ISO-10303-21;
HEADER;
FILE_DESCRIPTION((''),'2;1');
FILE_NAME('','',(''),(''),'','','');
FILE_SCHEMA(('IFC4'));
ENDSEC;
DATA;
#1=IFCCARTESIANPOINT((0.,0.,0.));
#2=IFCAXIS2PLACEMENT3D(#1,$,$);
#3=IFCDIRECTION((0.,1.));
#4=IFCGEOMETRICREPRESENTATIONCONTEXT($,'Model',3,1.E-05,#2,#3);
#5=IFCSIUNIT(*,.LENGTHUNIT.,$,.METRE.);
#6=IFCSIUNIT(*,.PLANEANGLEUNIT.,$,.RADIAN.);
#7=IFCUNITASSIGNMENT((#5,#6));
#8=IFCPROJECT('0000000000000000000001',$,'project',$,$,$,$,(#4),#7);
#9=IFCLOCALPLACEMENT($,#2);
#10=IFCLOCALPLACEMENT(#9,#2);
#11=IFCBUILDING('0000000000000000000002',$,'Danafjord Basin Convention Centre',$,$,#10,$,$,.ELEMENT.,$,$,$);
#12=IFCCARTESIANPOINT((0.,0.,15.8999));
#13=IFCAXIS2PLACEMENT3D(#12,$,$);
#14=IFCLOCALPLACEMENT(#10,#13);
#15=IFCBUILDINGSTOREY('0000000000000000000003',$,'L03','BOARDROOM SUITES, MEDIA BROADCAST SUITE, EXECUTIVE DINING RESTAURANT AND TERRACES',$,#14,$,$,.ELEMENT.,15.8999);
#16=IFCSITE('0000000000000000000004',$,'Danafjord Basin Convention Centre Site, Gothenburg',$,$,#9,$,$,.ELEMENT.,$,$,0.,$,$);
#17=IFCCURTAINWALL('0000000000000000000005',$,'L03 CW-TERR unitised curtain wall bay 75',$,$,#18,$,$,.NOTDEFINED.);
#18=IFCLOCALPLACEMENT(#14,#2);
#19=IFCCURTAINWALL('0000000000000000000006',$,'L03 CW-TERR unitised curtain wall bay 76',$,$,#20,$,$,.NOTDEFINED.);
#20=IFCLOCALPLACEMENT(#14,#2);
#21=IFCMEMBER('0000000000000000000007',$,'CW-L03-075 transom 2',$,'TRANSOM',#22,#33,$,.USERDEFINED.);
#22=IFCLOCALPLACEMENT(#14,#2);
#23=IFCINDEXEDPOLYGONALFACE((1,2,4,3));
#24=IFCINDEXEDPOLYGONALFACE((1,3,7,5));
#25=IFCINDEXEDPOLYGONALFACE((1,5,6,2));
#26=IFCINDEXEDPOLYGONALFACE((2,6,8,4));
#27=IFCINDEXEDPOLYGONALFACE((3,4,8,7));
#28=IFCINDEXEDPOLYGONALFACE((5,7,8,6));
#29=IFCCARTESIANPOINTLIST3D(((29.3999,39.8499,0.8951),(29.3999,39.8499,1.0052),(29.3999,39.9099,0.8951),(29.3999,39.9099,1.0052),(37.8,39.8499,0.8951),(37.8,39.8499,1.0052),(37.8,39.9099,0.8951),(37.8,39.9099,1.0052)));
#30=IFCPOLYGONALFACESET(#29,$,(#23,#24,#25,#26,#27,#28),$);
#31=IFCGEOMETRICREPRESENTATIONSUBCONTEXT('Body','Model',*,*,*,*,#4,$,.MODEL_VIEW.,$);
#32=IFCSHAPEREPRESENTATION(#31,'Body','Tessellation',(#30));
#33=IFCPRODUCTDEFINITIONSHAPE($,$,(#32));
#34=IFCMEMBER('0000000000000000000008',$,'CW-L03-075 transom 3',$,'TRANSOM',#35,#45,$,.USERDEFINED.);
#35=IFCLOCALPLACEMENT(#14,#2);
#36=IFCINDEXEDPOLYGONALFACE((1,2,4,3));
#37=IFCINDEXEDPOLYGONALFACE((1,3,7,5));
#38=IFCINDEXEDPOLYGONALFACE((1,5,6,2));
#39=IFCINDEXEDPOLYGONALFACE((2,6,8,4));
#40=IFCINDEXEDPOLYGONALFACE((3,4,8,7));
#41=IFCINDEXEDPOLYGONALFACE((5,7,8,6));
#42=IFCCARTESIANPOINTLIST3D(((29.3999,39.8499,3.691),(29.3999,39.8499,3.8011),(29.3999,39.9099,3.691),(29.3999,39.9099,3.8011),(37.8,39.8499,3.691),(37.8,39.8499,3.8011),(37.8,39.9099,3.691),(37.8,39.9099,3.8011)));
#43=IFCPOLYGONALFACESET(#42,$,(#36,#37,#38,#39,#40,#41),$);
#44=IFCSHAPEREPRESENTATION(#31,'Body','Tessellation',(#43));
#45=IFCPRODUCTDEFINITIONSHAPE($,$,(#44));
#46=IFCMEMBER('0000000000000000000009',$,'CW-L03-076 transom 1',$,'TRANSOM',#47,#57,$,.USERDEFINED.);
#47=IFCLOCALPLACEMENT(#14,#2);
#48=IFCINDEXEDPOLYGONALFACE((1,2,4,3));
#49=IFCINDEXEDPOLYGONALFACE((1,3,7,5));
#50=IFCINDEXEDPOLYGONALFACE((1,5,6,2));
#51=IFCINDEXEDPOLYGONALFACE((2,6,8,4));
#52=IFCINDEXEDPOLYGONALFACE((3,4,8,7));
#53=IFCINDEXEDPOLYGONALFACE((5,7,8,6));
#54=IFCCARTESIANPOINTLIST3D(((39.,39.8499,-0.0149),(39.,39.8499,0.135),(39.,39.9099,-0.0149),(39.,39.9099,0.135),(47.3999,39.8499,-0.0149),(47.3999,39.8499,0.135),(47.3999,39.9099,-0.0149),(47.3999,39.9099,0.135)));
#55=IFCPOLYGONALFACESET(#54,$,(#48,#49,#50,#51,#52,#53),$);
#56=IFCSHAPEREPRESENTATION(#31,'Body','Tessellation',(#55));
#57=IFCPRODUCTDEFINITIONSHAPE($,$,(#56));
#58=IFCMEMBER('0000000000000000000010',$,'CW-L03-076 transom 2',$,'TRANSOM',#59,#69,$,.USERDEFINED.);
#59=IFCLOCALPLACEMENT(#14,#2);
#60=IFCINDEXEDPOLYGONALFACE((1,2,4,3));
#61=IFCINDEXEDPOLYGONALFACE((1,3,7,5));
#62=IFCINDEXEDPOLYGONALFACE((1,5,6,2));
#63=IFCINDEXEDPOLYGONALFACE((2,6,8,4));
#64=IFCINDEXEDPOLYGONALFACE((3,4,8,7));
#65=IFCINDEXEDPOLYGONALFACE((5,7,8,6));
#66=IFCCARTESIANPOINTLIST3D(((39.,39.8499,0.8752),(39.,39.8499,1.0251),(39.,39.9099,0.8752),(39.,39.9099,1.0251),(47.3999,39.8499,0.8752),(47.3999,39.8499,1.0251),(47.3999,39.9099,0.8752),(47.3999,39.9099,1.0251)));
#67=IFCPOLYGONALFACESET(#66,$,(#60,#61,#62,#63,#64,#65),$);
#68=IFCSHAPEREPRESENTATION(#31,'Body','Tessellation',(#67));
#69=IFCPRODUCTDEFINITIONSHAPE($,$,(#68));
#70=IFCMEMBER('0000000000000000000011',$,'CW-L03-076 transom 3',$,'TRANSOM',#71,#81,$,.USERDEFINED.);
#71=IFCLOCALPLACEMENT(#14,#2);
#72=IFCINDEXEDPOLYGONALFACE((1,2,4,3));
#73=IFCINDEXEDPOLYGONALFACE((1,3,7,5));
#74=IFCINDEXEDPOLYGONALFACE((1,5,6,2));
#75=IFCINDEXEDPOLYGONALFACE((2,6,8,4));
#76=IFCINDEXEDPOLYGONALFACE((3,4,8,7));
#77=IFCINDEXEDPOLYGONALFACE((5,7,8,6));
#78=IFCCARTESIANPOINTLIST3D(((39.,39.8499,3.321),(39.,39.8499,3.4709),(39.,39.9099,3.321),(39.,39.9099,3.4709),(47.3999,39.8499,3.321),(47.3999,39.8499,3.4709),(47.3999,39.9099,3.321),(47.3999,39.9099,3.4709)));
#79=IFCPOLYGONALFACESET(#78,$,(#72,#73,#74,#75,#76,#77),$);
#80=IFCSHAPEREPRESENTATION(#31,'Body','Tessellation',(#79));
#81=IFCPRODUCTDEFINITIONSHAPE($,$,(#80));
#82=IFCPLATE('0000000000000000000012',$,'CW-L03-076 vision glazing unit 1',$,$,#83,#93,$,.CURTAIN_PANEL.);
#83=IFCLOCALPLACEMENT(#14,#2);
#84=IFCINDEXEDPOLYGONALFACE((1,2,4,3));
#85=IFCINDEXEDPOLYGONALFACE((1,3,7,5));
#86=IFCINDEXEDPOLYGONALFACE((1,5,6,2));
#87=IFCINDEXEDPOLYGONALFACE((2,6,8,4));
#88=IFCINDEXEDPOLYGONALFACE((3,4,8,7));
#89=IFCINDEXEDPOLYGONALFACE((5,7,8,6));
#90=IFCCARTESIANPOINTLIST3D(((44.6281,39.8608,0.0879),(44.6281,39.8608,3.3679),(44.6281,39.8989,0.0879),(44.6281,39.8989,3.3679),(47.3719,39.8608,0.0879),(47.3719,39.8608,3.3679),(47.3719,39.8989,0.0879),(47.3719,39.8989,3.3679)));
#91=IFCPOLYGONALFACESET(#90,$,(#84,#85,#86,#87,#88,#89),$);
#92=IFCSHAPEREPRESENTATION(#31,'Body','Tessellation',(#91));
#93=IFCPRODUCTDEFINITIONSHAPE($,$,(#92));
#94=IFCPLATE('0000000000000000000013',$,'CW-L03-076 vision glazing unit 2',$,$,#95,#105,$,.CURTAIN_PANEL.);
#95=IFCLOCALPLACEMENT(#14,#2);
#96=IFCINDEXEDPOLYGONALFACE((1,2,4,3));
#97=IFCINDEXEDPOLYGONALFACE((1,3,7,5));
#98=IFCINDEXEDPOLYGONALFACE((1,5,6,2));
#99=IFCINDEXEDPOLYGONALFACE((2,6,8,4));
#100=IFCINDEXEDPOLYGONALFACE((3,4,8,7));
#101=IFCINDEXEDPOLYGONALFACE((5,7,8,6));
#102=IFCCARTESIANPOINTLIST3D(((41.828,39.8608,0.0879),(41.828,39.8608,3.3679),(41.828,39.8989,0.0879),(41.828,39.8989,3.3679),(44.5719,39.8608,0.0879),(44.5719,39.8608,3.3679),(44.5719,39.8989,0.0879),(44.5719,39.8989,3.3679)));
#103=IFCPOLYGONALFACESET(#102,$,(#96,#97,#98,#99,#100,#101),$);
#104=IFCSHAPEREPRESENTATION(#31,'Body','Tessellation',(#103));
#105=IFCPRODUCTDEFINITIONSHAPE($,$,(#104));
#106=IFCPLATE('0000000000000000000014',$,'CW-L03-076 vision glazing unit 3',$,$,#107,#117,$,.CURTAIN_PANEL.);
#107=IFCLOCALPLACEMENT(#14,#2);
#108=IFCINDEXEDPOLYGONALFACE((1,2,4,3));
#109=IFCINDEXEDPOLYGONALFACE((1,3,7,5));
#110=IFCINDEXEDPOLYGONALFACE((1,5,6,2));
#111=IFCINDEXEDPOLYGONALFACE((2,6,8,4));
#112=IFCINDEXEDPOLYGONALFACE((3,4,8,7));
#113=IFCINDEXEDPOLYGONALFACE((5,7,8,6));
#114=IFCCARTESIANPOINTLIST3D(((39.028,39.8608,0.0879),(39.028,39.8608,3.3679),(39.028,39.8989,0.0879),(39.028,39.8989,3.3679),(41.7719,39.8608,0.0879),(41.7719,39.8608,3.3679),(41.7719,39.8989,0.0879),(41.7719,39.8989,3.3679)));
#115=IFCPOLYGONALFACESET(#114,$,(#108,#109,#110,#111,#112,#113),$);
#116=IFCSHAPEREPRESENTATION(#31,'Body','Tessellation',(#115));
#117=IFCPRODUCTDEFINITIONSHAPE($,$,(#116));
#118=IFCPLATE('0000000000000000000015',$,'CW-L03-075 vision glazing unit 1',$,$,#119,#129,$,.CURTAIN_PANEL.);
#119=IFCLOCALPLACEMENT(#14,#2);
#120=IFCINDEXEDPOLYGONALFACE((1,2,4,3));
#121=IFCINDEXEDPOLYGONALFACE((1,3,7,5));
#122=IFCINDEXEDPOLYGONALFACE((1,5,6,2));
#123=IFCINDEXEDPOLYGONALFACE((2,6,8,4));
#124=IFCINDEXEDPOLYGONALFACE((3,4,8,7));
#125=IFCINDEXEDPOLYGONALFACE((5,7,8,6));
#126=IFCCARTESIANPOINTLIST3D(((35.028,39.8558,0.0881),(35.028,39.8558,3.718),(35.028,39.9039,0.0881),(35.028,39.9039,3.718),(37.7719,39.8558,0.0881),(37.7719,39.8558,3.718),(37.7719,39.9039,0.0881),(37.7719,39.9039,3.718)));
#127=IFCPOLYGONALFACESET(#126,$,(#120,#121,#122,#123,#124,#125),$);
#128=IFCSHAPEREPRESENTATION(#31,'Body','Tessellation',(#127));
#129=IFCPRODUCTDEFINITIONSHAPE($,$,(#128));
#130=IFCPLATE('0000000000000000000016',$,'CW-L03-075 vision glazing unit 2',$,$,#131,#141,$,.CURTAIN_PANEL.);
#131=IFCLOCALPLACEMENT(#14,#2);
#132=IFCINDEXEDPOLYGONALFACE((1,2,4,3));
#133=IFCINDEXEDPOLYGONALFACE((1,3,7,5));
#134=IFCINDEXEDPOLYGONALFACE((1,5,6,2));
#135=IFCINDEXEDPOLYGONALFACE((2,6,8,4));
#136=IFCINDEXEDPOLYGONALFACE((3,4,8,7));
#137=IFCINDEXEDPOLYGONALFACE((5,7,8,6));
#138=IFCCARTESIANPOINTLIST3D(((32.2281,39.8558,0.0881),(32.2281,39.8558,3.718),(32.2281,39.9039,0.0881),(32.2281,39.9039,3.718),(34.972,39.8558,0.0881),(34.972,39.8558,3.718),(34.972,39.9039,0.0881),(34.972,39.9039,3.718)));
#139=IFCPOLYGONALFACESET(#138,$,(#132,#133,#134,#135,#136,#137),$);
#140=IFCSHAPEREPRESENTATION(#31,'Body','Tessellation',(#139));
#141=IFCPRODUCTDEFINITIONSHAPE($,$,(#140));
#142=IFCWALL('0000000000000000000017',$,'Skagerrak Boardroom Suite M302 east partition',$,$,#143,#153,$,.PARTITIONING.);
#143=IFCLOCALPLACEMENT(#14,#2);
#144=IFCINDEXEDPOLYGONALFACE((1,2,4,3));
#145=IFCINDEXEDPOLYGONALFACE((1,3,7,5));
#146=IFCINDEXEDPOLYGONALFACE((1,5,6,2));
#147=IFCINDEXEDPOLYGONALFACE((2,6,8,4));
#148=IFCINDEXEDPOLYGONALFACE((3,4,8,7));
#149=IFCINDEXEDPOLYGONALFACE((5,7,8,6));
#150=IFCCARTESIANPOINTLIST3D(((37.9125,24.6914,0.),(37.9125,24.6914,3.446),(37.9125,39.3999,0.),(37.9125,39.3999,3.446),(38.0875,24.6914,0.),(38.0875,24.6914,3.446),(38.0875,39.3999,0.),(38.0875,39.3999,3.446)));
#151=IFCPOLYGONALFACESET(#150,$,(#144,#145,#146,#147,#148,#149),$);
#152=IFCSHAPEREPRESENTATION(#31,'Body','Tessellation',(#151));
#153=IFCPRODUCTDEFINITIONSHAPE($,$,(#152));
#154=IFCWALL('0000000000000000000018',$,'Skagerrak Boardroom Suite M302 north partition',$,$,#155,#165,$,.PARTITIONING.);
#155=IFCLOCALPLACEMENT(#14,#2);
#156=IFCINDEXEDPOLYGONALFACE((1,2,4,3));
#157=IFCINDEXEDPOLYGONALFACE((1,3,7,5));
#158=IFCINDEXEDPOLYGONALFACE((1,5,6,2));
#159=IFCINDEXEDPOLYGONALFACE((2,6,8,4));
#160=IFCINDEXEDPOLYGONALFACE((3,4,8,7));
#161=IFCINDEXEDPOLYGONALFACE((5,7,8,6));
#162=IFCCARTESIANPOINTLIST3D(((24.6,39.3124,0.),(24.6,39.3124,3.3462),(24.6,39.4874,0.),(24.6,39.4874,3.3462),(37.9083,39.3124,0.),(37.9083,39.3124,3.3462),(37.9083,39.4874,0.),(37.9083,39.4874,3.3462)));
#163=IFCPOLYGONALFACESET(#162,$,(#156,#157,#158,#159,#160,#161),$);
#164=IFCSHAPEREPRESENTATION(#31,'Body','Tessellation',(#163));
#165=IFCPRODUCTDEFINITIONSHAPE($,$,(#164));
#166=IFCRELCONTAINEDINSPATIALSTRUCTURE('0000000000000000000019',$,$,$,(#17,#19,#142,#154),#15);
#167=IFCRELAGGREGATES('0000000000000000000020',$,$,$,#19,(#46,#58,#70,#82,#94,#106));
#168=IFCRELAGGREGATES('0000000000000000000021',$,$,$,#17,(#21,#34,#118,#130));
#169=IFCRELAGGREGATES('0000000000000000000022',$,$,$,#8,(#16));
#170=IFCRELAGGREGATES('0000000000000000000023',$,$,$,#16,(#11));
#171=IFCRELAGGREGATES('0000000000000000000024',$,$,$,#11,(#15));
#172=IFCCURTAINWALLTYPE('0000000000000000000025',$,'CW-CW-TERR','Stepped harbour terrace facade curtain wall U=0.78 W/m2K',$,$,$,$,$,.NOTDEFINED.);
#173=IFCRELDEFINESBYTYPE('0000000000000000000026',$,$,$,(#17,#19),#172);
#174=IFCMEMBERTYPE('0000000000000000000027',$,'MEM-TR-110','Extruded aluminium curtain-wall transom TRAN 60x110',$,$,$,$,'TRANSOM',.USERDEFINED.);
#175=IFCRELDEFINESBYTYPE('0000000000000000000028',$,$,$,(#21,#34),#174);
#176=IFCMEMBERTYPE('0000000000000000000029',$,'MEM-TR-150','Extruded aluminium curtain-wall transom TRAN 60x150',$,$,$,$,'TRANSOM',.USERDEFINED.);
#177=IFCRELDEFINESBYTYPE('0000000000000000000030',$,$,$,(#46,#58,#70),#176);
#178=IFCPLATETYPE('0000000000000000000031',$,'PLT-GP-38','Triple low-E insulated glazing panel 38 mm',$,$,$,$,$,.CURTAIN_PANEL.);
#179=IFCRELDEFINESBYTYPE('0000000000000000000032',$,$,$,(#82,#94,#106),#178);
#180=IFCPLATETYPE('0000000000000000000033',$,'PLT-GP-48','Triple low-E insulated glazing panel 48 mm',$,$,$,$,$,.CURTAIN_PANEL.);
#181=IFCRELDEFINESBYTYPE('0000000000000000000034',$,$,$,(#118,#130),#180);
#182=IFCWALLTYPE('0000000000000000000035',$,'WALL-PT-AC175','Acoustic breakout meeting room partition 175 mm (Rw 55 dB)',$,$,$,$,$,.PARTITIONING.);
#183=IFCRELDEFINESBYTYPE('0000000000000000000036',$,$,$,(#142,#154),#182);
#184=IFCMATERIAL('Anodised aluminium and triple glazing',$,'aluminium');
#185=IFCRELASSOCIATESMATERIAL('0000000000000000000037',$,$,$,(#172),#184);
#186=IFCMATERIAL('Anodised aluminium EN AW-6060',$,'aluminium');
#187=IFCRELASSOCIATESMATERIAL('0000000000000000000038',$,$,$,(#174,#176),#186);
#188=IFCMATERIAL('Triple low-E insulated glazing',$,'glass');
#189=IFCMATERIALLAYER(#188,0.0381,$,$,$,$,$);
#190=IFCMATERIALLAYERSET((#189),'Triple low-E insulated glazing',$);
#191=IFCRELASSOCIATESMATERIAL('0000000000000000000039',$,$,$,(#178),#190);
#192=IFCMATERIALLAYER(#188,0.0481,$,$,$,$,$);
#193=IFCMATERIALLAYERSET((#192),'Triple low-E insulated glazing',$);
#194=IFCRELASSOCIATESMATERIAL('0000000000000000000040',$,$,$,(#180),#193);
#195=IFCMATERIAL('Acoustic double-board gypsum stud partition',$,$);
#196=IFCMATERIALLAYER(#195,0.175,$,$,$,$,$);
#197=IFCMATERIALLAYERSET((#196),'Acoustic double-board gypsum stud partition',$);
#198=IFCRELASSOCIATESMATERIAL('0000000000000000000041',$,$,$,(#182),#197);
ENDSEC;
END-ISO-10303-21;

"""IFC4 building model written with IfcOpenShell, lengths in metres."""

from ifc_helpers import new_model, si_unit, direction, frame, frame_2d, origin, origin_2d, place, context, subcontext, project, spatial, rectangle, extrude, material, layer, layer_set, material_profile, profile_set, type_object, element, aggregate, save


model = new_model("IFC4")

# Units and contexts
model_context = context("Model", 3, precision=1e-05, world=origin(), true_north=direction((0.0, 1.0)))
body_context = subcontext(model_context, "Body", "Model", "MODEL_VIEW")
ifc_project = project(units=[si_unit("LENGTHUNIT", "METRE"), si_unit("PLANEANGLEUNIT", "RADIAN")], contexts=[model_context])

# Site, building, storey
site_placement = place(None, origin())
site = spatial("IfcSite", under=ifc_project, at=site_placement, Name="Danafjord Basin Convention Centre Site, Gothenburg", CompositionType="ELEMENT", RefElevation=0.0)
building_placement = place(site_placement, origin())
building = spatial("IfcBuilding", under=site, at=building_placement, Name="Danafjord Basin Convention Centre", CompositionType="ELEMENT")
storey_placement = place(building_placement, frame((0.0, 0.0, 15.8999)))
storey = spatial("IfcBuildingStorey", under=building, at=storey_placement, Name="L03", Description="BOARDROOM SUITES, MEDIA BROADCAST SUITE, EXECUTIVE DINING RESTAURANT AND TERRACES", CompositionType="ELEMENT", Elevation=15.8999)

# Curtain walls
ifc_material_1 = material(Name="Anodised aluminium and triple glazing", Category="aluminium")
curtain_wall_type = type_object("IfcCurtainWallType", Name="CW-CW-TERR", Description="Stepped harbour terrace facade curtain wall U=0.78 W/m2K", PredefinedType="NOTDEFINED", material=ifc_material_1)
curtain_wall_1_placement = place(storey_placement, origin())
curtain_wall_1 = element("IfcCurtainWall", 1, at=curtain_wall_1_placement, inside=storey, type_object=curtain_wall_type, Name="L03 CW-TERR unitised curtain wall bay 75", PredefinedType="NOTDEFINED")
ifc_material_2 = material(Name="Anodised aluminium EN AW-6060", Category="aluminium")
curtain_wall_2_placement = place(storey_placement, origin())
curtain_wall_2 = element("IfcCurtainWall", 2, at=curtain_wall_2_placement, inside=storey, type_object=curtain_wall_type, Name="L03 CW-TERR unitised curtain wall bay 76", PredefinedType="NOTDEFINED")

# Members
ifc_material_profile_1 = material_profile(ifc_material_2, rectangle(XDim=0.0601, YDim=0.1101, at=origin_2d()), Name="TRAN 60x110")
ifc_profile_set_1 = profile_set([ifc_material_profile_1], Name="Anodised aluminium EN AW-6060")
member_type_1 = type_object("IfcMemberType", Name="MEM-TR-110", Description="Extruded aluminium curtain-wall transom TRAN 60x110", ElementType="TRANSOM", PredefinedType="USERDEFINED", material=ifc_profile_set_1)
member_1_placement = place(storey_placement, frame((37.8, 39.8799, 0.9502), z_axis=(-1.0, 0.0, 0.0), x_axis=(0.0, -1.0, 0.0)))
member_1 = element("IfcMember", 3, at=member_1_placement, type_object=member_type_1, Name="CW-L03-075 transom 2", ObjectType="TRANSOM", PredefinedType="USERDEFINED", context=body_context, shape_type="SweptSolid", body=[
    extrude(rectangle(XDim=0.0601, YDim=0.1101, at=origin_2d()), origin(), (0.0, 0.0, 1.0), 8.4001),
])
member_2_placement = place(storey_placement, frame((37.8, 39.8799, 3.7461), z_axis=(-1.0, 0.0, 0.0), x_axis=(0.0, -1.0, 0.0)))
member_2 = element("IfcMember", 4, at=member_2_placement, type_object=member_type_1, Name="CW-L03-075 transom 3", ObjectType="TRANSOM", PredefinedType="USERDEFINED", context=body_context, shape_type="SweptSolid", body=[
    extrude(rectangle(XDim=0.0601, YDim=0.1101, at=origin_2d()), origin(), (0.0, 0.0, 1.0), 8.4001),
])
ifc_material_profile_2 = material_profile(ifc_material_2, rectangle(XDim=0.0601, YDim=0.1499, at=origin_2d()), Name="TRAN 60x150")
ifc_profile_set_2 = profile_set([ifc_material_profile_2], Name="Anodised aluminium EN AW-6060")
member_type_2 = type_object("IfcMemberType", Name="MEM-TR-150", Description="Extruded aluminium curtain-wall transom TRAN 60x150", ElementType="TRANSOM", PredefinedType="USERDEFINED", material=ifc_profile_set_2)
member_3_placement = place(storey_placement, frame((47.3999, 39.8799, 0.0601), z_axis=(-1.0, 0.0, 0.0), x_axis=(0.0, -1.0, 0.0)))
member_3 = element("IfcMember", 5, at=member_3_placement, type_object=member_type_2, Name="CW-L03-076 transom 1", ObjectType="TRANSOM", PredefinedType="USERDEFINED", context=body_context, shape_type="SweptSolid", body=[
    extrude(rectangle(XDim=0.0601, YDim=0.1499, at=origin_2d()), origin(), (0.0, 0.0, 1.0), 8.3999),
])
member_4_placement = place(storey_placement, frame((47.3999, 39.8799, 0.9502), z_axis=(-1.0, 0.0, 0.0), x_axis=(0.0, -1.0, 0.0)))
member_4 = element("IfcMember", 6, at=member_4_placement, type_object=member_type_2, Name="CW-L03-076 transom 2", ObjectType="TRANSOM", PredefinedType="USERDEFINED", context=body_context, shape_type="SweptSolid", body=[
    extrude(rectangle(XDim=0.0601, YDim=0.1499, at=origin_2d()), origin(), (0.0, 0.0, 1.0), 8.3999),
])
member_5_placement = place(storey_placement, frame((47.3999, 39.8799, 3.396), z_axis=(-1.0, 0.0, 0.0), x_axis=(0.0, -1.0, 0.0)))
member_5 = element("IfcMember", 7, at=member_5_placement, type_object=member_type_2, Name="CW-L03-076 transom 3", ObjectType="TRANSOM", PredefinedType="USERDEFINED", context=body_context, shape_type="SweptSolid", body=[
    extrude(rectangle(XDim=0.0601, YDim=0.1499, at=origin_2d()), origin(), (0.0, 0.0, 1.0), 8.3999),
])

# Plates
ifc_material_3 = material(Name="Triple low-E insulated glazing", Category="glass")
ifc_layer_1 = layer(ifc_material_3, 0.0381)
ifc_layer_set_1 = layer_set([ifc_layer_1], Name="Triple low-E insulated glazing")
plate_type_1 = type_object("IfcPlateType", Name="PLT-GP-38", Description="Triple low-E insulated glazing panel 38 mm", PredefinedType="CURTAIN_PANEL", material=ifc_layer_set_1)
plate_1_placement = place(storey_placement, frame((46.0, 39.8799, 0.0879), z_axis=(0.0, 0.0, 1.0), x_axis=(-1.0, 0.0, 0.0)))
plate_1 = element("IfcPlate", 8, at=plate_1_placement, type_object=plate_type_1, Name="CW-L03-076 vision glazing unit 1", PredefinedType="CURTAIN_PANEL", context=body_context, shape_type="SweptSolid", body=[
    extrude(rectangle(XDim=2.7439, YDim=0.0381, at=origin_2d()), origin(), (0.0, 0.0, 1.0), 3.28),
])
plate_2_placement = place(storey_placement, frame((43.2, 39.8799, 0.0879), z_axis=(0.0, 0.0, 1.0), x_axis=(-1.0, 0.0, 0.0)))
plate_2 = element("IfcPlate", 9, at=plate_2_placement, type_object=plate_type_1, Name="CW-L03-076 vision glazing unit 2", PredefinedType="CURTAIN_PANEL", context=body_context, shape_type="SweptSolid", body=[
    extrude(rectangle(XDim=2.7439, YDim=0.0381, at=origin_2d()), origin(), (0.0, 0.0, 1.0), 3.28),
])
plate_3_placement = place(storey_placement, frame((40.3999, 39.8799, 0.0879), z_axis=(0.0, 0.0, 1.0), x_axis=(-1.0, 0.0, 0.0)))
plate_3 = element("IfcPlate", 10, at=plate_3_placement, type_object=plate_type_1, Name="CW-L03-076 vision glazing unit 3", PredefinedType="CURTAIN_PANEL", context=body_context, shape_type="SweptSolid", body=[
    extrude(rectangle(XDim=2.7439, YDim=0.0381, at=origin_2d()), origin(), (0.0, 0.0, 1.0), 3.28),
])
aggregate(curtain_wall_2, [member_3, member_4, member_5, plate_1, plate_2, plate_3])
ifc_layer_2 = layer(ifc_material_3, 0.0481)
ifc_layer_set_2 = layer_set([ifc_layer_2], Name="Triple low-E insulated glazing")
plate_type_2 = type_object("IfcPlateType", Name="PLT-GP-48", Description="Triple low-E insulated glazing panel 48 mm", PredefinedType="CURTAIN_PANEL", material=ifc_layer_set_2)
plate_4_placement = place(storey_placement, frame((36.3999, 39.8799, 0.0881), z_axis=(0.0, 0.0, 1.0), x_axis=(-1.0, 0.0, 0.0)))
plate_4 = element("IfcPlate", 11, at=plate_4_placement, type_object=plate_type_2, Name="CW-L03-075 vision glazing unit 1", PredefinedType="CURTAIN_PANEL", context=body_context, shape_type="SweptSolid", body=[
    extrude(rectangle(XDim=2.7439, YDim=0.0481, at=origin_2d()), origin(), (0.0, 0.0, 1.0), 3.6299),
])
plate_5_placement = place(storey_placement, frame((33.6001, 39.8799, 0.0881), z_axis=(0.0, 0.0, 1.0), x_axis=(-1.0, 0.0, 0.0)))
plate_5 = element("IfcPlate", 12, at=plate_5_placement, type_object=plate_type_2, Name="CW-L03-075 vision glazing unit 2", PredefinedType="CURTAIN_PANEL", context=body_context, shape_type="SweptSolid", body=[
    extrude(rectangle(XDim=2.7439, YDim=0.0481, at=origin_2d()), origin(), (0.0, 0.0, 1.0), 3.6299),
])
aggregate(curtain_wall_1, [member_1, member_2, plate_4, plate_5])

# Walls
ifc_material_4 = material(Name="Acoustic double-board gypsum stud partition")
ifc_layer_3 = layer(ifc_material_4, 0.175)
ifc_layer_set_3 = layer_set([ifc_layer_3], Name="Acoustic double-board gypsum stud partition")
wall_type = type_object("IfcWallType", Name="WALL-PT-AC175", Description="Acoustic breakout meeting room partition 175 mm (Rw 55 dB)", PredefinedType="PARTITIONING", material=ifc_layer_set_3)
wall_1_placement = place(storey_placement, frame((38.0, 24.6914, 0.0), z_axis=(0.0, 0.0, 1.0), x_axis=(0.0, 1.0, 0.0)))
element("IfcWall", 13, at=wall_1_placement, inside=storey, type_object=wall_type, Name="Skagerrak Boardroom Suite M302 east partition", PredefinedType="PARTITIONING", context=body_context, shape_type="SweptSolid", body=[
    extrude(rectangle(XDim=14.7085, YDim=0.175, at=frame_2d((7.3542, 0.0))), origin(), (0.0, 0.0, 1.0), 3.446),
])
wall_2_placement = place(storey_placement, frame((37.9084, 39.3999, 0.0), z_axis=(0.0, 0.0, 1.0), x_axis=(-1.0, 0.0, 0.0)))
element("IfcWall", 14, at=wall_2_placement, inside=storey, type_object=wall_type, Name="Skagerrak Boardroom Suite M302 north partition", PredefinedType="PARTITIONING", context=body_context, shape_type="SweptSolid", body=[
    extrude(rectangle(XDim=13.3083, YDim=0.175, at=frame_2d((6.6543, 0.0))), origin(), (0.0, 0.0, 1.0), 3.3462),
])

save(model, "model.ifc")
